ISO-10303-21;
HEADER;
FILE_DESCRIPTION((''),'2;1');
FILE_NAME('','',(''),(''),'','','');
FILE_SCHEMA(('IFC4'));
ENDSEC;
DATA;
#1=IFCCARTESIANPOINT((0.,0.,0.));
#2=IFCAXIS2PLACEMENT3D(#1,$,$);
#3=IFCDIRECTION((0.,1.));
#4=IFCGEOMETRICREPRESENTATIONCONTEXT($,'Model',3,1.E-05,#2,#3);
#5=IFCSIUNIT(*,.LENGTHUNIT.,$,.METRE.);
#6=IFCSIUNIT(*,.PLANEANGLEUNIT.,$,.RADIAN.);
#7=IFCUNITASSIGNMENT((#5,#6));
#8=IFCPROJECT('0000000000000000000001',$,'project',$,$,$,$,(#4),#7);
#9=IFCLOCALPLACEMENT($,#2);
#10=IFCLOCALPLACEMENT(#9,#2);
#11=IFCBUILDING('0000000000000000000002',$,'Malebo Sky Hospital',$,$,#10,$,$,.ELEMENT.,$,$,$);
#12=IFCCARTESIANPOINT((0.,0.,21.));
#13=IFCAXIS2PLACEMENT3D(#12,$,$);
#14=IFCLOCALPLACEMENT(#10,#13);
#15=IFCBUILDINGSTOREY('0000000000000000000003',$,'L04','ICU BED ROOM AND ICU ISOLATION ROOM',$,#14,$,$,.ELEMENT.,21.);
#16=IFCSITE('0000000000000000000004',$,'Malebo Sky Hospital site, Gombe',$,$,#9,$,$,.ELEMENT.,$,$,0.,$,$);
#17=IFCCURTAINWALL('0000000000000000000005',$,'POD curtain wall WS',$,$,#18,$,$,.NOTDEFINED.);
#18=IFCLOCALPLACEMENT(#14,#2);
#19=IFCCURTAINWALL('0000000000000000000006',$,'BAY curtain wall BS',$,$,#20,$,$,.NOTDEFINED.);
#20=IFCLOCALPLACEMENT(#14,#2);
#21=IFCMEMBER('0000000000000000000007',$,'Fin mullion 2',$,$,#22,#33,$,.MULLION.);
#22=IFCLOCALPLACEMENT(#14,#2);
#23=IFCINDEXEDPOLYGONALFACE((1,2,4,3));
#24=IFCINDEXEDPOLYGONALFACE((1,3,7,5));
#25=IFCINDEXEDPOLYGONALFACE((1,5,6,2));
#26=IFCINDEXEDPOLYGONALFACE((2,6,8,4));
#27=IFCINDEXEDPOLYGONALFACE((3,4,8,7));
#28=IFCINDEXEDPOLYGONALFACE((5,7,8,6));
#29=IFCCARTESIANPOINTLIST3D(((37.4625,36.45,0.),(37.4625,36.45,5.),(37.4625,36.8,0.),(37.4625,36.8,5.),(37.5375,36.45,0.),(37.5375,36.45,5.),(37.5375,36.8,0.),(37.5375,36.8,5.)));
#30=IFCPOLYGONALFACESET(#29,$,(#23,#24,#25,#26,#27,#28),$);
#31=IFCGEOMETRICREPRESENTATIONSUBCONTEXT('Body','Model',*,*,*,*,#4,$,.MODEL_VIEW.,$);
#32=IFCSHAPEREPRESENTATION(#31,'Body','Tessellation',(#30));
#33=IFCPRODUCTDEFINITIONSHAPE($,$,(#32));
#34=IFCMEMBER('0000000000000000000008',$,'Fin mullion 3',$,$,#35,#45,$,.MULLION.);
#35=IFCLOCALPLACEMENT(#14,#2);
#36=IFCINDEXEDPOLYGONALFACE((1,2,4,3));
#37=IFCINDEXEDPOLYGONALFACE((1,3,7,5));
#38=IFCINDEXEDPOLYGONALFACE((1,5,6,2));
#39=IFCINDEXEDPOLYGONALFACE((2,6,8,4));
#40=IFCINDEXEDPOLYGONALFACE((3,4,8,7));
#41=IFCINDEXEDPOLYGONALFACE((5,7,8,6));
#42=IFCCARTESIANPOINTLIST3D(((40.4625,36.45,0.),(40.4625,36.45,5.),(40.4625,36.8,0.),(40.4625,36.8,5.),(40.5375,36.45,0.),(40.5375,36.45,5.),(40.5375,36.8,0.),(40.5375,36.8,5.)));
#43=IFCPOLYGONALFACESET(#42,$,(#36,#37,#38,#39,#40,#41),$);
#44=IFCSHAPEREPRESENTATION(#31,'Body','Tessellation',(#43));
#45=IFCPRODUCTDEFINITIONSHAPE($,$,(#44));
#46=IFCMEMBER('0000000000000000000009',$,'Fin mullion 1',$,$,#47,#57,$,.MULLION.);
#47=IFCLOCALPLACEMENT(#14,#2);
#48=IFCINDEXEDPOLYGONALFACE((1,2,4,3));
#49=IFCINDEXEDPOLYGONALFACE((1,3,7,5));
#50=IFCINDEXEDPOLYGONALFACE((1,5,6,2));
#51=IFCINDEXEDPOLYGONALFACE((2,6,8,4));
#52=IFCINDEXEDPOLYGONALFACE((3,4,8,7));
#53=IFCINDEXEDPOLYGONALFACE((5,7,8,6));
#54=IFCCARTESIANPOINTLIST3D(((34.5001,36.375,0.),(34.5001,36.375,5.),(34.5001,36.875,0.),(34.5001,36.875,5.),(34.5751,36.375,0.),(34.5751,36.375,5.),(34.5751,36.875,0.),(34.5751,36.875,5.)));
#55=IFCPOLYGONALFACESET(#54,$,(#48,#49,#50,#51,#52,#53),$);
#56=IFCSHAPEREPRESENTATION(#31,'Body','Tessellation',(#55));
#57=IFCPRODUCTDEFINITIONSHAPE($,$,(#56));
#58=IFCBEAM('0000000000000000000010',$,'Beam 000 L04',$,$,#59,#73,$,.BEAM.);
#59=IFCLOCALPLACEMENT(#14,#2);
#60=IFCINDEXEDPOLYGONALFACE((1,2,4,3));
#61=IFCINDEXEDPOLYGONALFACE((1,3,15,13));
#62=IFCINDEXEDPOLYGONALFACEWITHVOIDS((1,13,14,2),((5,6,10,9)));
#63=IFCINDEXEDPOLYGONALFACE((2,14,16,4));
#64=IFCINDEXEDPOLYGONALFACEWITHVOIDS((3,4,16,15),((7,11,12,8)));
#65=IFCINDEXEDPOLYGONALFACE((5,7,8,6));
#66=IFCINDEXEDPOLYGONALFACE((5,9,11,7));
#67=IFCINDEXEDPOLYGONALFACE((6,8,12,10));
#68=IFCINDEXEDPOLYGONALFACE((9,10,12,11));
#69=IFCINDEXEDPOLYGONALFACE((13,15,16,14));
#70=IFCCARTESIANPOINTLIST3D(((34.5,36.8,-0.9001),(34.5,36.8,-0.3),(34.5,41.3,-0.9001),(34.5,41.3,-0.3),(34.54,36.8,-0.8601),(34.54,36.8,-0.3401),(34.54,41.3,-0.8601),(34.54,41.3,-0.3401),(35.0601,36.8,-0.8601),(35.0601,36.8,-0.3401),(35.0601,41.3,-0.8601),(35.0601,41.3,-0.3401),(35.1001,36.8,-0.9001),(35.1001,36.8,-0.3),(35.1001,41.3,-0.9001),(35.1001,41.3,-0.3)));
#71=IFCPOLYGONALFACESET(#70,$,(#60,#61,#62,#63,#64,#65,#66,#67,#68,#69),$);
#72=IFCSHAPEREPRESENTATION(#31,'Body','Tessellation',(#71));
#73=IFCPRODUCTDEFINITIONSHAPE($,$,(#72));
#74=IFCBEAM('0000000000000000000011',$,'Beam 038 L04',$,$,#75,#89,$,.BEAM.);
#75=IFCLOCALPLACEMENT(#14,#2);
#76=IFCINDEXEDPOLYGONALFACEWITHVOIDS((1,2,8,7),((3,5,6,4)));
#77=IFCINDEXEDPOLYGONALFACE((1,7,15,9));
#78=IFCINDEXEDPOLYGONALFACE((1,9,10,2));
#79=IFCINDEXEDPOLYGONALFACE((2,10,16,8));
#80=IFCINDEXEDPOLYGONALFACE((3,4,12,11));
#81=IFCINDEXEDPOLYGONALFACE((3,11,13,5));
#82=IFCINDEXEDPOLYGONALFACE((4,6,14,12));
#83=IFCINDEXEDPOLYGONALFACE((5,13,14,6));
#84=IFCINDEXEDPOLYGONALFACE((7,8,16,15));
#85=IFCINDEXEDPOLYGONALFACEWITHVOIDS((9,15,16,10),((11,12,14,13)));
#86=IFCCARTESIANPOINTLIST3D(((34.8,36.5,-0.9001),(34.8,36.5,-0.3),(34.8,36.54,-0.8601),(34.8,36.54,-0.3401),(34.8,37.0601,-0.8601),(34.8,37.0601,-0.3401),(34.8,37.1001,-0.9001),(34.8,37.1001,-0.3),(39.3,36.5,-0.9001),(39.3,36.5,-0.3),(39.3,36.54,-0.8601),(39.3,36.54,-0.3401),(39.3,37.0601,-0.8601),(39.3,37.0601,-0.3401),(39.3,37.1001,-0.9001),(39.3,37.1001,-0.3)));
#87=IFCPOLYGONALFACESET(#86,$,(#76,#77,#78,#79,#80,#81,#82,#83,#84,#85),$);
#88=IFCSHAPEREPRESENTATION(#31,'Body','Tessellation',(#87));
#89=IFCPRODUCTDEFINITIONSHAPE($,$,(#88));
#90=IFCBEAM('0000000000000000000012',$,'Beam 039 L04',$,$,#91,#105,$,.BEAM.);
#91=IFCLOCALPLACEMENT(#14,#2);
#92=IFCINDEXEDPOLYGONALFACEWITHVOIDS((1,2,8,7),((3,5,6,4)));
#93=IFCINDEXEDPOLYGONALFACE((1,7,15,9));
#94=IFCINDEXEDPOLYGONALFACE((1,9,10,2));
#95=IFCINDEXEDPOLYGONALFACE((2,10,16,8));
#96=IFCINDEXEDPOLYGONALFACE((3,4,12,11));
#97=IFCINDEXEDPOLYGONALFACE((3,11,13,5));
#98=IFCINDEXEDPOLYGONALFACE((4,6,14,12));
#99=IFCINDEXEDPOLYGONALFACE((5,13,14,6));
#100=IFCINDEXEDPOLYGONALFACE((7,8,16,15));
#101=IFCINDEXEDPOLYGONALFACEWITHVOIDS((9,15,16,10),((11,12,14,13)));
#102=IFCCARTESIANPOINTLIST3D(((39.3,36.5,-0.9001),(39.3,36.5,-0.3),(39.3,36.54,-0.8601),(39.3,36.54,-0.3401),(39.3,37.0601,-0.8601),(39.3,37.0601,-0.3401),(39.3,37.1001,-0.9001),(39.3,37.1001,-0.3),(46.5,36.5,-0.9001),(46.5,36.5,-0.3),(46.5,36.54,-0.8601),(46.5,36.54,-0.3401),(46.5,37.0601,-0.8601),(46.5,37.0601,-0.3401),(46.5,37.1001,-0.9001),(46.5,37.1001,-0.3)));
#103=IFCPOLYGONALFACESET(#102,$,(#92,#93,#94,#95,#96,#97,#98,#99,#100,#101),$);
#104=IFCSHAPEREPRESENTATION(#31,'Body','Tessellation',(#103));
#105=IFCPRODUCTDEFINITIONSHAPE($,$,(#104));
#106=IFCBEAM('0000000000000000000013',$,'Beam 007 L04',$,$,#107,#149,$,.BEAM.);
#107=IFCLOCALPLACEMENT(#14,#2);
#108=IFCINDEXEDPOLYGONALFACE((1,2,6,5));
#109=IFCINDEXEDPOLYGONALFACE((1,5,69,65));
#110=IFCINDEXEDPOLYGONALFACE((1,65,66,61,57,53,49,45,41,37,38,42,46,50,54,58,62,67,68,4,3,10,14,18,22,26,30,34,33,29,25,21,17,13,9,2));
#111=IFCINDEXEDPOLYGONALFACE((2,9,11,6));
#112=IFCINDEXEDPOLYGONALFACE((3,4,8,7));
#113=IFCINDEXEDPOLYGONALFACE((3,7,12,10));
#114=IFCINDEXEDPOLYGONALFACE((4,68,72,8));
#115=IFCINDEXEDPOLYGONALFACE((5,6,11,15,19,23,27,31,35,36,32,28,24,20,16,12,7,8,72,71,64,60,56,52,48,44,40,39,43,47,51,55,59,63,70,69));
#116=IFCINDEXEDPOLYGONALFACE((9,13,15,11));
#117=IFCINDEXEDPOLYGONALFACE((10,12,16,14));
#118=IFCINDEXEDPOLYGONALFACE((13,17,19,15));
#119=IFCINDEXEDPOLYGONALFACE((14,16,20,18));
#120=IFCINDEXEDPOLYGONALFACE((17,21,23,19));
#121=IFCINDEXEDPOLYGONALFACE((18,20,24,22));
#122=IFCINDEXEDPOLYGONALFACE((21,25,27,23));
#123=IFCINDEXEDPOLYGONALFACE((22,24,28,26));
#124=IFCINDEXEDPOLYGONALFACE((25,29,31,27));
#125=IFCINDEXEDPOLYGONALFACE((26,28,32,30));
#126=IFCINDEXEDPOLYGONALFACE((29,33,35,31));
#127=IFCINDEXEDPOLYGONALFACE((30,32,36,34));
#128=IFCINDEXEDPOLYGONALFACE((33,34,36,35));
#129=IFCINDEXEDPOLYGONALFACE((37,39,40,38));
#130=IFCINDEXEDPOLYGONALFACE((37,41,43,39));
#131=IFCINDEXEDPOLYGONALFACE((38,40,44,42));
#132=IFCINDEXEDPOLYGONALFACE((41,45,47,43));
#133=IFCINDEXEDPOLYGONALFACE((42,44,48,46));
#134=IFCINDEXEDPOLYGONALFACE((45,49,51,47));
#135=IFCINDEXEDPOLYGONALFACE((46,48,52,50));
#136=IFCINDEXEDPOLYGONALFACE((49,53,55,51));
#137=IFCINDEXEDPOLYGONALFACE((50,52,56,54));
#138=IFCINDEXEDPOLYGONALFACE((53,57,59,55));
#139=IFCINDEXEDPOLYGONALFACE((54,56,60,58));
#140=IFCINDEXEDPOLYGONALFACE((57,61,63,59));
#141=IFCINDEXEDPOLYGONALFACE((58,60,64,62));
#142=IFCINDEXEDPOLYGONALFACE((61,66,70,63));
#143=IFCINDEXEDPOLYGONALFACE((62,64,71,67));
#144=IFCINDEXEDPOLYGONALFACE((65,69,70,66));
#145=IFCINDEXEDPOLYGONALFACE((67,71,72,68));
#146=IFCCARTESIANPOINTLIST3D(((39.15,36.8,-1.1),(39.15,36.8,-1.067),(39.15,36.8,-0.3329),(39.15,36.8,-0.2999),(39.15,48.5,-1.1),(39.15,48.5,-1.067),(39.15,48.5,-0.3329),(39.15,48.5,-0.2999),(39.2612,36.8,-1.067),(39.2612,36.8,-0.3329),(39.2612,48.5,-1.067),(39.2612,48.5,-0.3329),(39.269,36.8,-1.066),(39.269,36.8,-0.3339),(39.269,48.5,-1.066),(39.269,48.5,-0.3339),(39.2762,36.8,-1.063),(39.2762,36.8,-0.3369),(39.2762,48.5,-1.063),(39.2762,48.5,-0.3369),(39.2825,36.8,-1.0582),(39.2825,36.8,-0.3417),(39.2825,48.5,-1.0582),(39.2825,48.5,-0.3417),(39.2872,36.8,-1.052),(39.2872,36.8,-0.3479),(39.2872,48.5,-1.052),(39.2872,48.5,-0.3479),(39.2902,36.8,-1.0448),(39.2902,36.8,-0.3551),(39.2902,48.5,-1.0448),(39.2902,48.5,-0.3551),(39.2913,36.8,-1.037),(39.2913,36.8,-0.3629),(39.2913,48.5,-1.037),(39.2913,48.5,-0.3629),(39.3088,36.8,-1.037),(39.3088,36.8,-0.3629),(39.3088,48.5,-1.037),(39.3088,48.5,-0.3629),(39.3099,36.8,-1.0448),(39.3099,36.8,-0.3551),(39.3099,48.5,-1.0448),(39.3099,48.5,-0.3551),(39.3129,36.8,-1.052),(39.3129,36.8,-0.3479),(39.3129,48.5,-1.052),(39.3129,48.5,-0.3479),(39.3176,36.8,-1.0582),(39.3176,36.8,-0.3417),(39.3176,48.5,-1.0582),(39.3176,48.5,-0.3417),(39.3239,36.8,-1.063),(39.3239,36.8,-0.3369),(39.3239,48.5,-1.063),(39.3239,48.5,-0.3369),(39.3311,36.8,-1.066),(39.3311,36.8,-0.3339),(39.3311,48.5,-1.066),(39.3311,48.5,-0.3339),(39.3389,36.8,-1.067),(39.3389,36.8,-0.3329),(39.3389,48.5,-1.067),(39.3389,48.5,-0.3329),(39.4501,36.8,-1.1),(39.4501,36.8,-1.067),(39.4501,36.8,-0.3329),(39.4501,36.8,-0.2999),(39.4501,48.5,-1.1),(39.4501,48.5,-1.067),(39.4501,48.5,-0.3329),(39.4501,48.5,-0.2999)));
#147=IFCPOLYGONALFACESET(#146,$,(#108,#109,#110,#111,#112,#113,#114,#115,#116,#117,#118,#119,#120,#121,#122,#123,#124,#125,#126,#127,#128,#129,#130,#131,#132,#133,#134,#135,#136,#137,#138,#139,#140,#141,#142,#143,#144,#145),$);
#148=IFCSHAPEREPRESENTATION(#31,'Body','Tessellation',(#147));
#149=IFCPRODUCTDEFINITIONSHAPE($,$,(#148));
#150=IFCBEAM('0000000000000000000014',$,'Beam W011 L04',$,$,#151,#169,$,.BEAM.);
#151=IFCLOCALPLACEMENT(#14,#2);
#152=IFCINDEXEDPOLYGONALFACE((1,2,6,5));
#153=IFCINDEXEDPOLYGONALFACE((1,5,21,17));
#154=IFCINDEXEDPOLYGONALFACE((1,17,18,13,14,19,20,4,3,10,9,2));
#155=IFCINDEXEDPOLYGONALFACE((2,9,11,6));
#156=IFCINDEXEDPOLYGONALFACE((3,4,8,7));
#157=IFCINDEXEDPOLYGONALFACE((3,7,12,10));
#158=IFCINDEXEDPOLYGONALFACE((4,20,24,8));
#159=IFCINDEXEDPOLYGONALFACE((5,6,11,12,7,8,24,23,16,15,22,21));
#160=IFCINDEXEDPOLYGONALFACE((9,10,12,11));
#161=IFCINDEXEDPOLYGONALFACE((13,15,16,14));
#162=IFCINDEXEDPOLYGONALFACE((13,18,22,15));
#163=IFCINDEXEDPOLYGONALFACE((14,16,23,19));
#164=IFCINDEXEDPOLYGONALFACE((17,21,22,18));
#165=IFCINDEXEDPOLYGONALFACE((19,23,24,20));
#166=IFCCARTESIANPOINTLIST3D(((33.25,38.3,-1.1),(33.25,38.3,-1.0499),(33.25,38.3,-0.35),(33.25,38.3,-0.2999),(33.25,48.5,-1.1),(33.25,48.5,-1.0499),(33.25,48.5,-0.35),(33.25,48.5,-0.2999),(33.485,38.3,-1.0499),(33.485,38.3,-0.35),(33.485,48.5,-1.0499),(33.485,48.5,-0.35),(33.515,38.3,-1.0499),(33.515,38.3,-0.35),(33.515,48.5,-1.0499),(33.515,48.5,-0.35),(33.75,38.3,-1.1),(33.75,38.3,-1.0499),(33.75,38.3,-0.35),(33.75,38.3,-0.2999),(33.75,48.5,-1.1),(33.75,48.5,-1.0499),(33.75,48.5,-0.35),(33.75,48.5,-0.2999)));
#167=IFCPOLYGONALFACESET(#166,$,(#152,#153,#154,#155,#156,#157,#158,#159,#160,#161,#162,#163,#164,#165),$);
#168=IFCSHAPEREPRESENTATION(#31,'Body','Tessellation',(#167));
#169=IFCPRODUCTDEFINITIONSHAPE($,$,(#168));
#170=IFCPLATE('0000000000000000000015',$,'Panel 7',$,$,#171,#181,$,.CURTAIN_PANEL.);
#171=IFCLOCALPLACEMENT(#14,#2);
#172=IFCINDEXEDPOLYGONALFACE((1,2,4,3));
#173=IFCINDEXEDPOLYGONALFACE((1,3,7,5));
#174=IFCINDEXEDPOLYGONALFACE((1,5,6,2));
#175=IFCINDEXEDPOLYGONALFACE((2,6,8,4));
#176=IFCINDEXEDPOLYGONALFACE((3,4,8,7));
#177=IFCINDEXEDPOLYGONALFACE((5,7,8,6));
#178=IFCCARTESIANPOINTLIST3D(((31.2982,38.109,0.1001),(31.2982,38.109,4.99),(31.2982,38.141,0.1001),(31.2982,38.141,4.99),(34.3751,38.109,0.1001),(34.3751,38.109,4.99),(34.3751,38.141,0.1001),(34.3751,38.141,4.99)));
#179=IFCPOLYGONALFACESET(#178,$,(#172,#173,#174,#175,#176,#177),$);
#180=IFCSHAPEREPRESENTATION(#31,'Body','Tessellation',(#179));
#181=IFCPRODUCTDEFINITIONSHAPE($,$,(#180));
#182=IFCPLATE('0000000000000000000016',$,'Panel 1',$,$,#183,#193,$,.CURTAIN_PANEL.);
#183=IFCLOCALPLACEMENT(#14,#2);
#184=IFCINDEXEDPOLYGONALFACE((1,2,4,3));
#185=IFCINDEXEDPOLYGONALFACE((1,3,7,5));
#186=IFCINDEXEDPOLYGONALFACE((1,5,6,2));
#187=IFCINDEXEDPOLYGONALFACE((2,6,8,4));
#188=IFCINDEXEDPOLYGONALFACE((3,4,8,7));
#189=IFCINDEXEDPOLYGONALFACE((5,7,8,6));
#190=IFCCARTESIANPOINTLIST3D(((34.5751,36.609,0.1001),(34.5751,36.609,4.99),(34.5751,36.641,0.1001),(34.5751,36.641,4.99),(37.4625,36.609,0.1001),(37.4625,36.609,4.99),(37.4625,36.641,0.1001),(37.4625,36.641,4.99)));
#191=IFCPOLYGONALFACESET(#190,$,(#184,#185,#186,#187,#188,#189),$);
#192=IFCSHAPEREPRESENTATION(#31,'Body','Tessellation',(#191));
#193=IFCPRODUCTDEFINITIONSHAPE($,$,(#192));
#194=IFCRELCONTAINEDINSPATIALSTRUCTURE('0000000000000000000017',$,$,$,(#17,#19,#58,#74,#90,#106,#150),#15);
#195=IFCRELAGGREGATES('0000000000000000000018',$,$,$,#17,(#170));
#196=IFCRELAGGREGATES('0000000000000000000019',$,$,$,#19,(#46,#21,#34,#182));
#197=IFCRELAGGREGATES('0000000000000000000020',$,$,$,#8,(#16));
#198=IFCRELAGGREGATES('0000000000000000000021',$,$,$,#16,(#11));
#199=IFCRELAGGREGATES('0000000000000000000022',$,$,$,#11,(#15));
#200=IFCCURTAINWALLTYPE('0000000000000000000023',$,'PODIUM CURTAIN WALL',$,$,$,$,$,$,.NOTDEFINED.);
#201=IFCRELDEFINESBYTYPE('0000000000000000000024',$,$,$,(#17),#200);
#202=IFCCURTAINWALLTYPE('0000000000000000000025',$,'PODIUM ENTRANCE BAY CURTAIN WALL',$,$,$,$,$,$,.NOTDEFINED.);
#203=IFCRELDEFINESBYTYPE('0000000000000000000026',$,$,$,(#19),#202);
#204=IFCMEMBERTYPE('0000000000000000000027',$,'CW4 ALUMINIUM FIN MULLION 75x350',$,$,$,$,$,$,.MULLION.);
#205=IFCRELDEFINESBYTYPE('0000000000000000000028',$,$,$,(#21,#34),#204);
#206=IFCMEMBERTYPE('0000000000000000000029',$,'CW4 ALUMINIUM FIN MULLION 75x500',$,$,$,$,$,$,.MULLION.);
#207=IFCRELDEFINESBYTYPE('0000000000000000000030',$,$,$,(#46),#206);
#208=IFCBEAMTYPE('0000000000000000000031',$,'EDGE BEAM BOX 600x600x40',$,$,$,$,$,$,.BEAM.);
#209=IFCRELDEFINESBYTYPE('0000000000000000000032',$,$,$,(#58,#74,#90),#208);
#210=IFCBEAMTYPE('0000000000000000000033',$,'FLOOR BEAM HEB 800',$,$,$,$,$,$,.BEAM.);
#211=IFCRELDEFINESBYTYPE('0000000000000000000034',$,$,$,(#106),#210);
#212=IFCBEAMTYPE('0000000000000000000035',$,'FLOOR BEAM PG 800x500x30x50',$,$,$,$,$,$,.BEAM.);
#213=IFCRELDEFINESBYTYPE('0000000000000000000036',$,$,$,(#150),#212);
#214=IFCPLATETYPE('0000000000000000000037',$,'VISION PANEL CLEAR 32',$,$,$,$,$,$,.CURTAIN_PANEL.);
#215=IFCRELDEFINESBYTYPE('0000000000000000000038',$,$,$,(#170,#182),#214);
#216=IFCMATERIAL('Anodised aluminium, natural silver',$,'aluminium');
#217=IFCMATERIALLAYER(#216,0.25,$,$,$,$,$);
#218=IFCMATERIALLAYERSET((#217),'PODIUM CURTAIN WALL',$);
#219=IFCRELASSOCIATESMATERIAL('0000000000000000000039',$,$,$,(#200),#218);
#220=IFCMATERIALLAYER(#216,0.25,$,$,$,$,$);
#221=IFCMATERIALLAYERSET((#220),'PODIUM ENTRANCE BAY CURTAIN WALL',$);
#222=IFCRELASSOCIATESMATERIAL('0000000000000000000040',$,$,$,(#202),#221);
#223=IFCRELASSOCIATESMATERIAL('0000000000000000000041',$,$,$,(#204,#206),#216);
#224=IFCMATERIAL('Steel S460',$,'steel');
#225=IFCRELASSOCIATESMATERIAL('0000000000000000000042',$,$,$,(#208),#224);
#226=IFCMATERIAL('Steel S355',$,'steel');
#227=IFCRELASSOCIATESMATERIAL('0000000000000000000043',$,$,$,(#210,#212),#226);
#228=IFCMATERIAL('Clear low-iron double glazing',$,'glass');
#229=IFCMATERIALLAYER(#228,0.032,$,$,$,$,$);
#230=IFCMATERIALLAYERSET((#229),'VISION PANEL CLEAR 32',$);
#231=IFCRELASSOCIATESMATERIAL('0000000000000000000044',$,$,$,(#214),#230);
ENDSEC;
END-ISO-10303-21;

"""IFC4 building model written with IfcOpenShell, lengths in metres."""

from ifc_helpers import new_model, si_unit, direction, frame, origin, origin_2d, place, context, subcontext, project, spatial, rectangle, hollow_rectangle, i_section, extrude, material, layer, layer_set, material_profile, profile_set, type_object, element, aggregate, save


model = new_model("IFC4")

# Units and contexts
model_context = context("Model", 3, precision=1e-05, world=origin(), true_north=direction((0.0, 1.0)))
body_context = subcontext(model_context, "Body", "Model", "MODEL_VIEW")
ifc_project = project(units=[si_unit("LENGTHUNIT", "METRE"), si_unit("PLANEANGLEUNIT", "RADIAN")], contexts=[model_context])

# Site, building, storey
site_placement = place(None, origin())
site = spatial("IfcSite", under=ifc_project, at=site_placement, Name="Malebo Sky Hospital site, Gombe", CompositionType="ELEMENT", RefElevation=0.0)
building_placement = place(site_placement, origin())
building = spatial("IfcBuilding", under=site, at=building_placement, Name="Malebo Sky Hospital", CompositionType="ELEMENT")
storey_placement = place(building_placement, frame((0.0, 0.0, 21.0)))
storey = spatial("IfcBuildingStorey", under=building, at=storey_placement, Name="L04", Description="ICU BED ROOM AND ICU ISOLATION ROOM", CompositionType="ELEMENT", Elevation=21.0)

# Shared definitions
ifc_material_1 = material(Name="Steel S460", Category="steel")
ifc_material_2 = material(Name="Steel S355", Category="steel")

# Curtain wall
ifc_material_3 = material(Name="Anodised aluminium, natural silver", Category="aluminium")
ifc_layer_1 = layer(ifc_material_3, 0.25)
ifc_layer_set_1 = layer_set([ifc_layer_1], Name="PODIUM CURTAIN WALL")
curtain_wall_type_1 = type_object("IfcCurtainWallType", Name="PODIUM CURTAIN WALL", PredefinedType="NOTDEFINED", material=ifc_layer_set_1)
curtain_wall_1_placement = place(storey_placement, origin())
curtain_wall_1 = element("IfcCurtainWall", 1, at=curtain_wall_1_placement, inside=storey, type_object=curtain_wall_type_1, Name="POD curtain wall WS", PredefinedType="NOTDEFINED")

# Curtain wall
ifc_layer_2 = layer(ifc_material_3, 0.25)
ifc_layer_set_2 = layer_set([ifc_layer_2], Name="PODIUM ENTRANCE BAY CURTAIN WALL")
curtain_wall_type_2 = type_object("IfcCurtainWallType", Name="PODIUM ENTRANCE BAY CURTAIN WALL", PredefinedType="NOTDEFINED", material=ifc_layer_set_2)
curtain_wall_2_placement = place(storey_placement, origin())
curtain_wall_2 = element("IfcCurtainWall", 2, at=curtain_wall_2_placement, inside=storey, type_object=curtain_wall_type_2, Name="BAY curtain wall BS", PredefinedType="NOTDEFINED")

# Members
ifc_material_profile_1 = material_profile(ifc_material_3, rectangle(XDim=0.075, YDim=0.3501, at=origin_2d()), Name="CW4 ALUMINIUM FIN MULLION 75x350")
ifc_profile_set_1 = profile_set([ifc_material_profile_1], Name="Anodised aluminium, natural silver")
member_type_1 = type_object("IfcMemberType", Name="CW4 ALUMINIUM FIN MULLION 75x350", PredefinedType="MULLION", material=ifc_profile_set_1)
member_1_placement = place(storey_placement, frame((37.5, 36.625, 0.0), z_axis=(0.0, 0.0, 1.0), x_axis=(1.0, 0.0, 0.0)))
member_1 = element("IfcMember", 3, at=member_1_placement, type_object=member_type_1, Name="Fin mullion 2", PredefinedType="MULLION", context=body_context, shape_type="SweptSolid", body=[
    extrude(rectangle(XDim=0.075, YDim=0.3501, at=origin_2d()), origin(), (0.0, 0.0, 1.0), 5.0),
])
member_2_placement = place(storey_placement, frame((40.5, 36.625, 0.0), z_axis=(0.0, 0.0, 1.0), x_axis=(1.0, 0.0, 0.0)))
member_2 = element("IfcMember", 4, at=member_2_placement, type_object=member_type_1, Name="Fin mullion 3", PredefinedType="MULLION", context=body_context, shape_type="SweptSolid", body=[
    extrude(rectangle(XDim=0.075, YDim=0.3501, at=origin_2d()), origin(), (0.0, 0.0, 1.0), 5.0),
])
ifc_material_profile_2 = material_profile(ifc_material_3, rectangle(XDim=0.075, YDim=0.5, at=origin_2d()), Name="CW4 ALUMINIUM FIN MULLION 75x500")
ifc_profile_set_2 = profile_set([ifc_material_profile_2], Name="Anodised aluminium, natural silver")
member_type_2 = type_object("IfcMemberType", Name="CW4 ALUMINIUM FIN MULLION 75x500", PredefinedType="MULLION", material=ifc_profile_set_2)
member_3_placement = place(storey_placement, frame((34.5376, 36.625, 0.0), z_axis=(0.0, 0.0, 1.0), x_axis=(1.0, 0.0, 0.0)))
member_3 = element("IfcMember", 5, at=member_3_placement, type_object=member_type_2, Name="Fin mullion 1", PredefinedType="MULLION", context=body_context, shape_type="SweptSolid", body=[
    extrude(rectangle(XDim=0.075, YDim=0.5, at=origin_2d()), origin(), (0.0, 0.0, 1.0), 5.0),
])

# Beams
ifc_material_profile_3 = material_profile(ifc_material_1, hollow_rectangle(XDim=0.6001, YDim=0.6001, WallThickness=0.04, at=origin_2d()), Name="BOX 600x600x40")
ifc_profile_set_3 = profile_set([ifc_material_profile_3], Name="Steel S460")
beam_type_1 = type_object("IfcBeamType", Name="EDGE BEAM BOX 600x600x40", PredefinedType="BEAM", material=ifc_profile_set_3)
for number, where, z_axis, x_axis, name in (
    (6, (34.8, 36.8, -0.6001), (0.0, 1.0, 0.0), (-1.0, 0.0, 0.0), "Beam 000 L04"),
    (7, (34.8, 36.8, -0.6001), (1.0, 0.0, 0.0), (0.0, 1.0, 0.0), "Beam 038 L04"),
):
    element("IfcBeam", number, at=place(storey_placement, frame(where, z_axis=z_axis, x_axis=x_axis)), inside=storey, type_object=beam_type_1, Name=name, PredefinedType="BEAM", context=body_context, shape_type="SweptSolid", body=[
        extrude(hollow_rectangle(XDim=0.6001, YDim=0.6001, WallThickness=0.04, at=origin_2d()), origin(), (0.0, 0.0, 1.0), 4.5),
    ])
beam_1_placement = place(storey_placement, frame((39.3, 36.8, -0.6001), z_axis=(1.0, 0.0, 0.0), x_axis=(0.0, 1.0, 0.0)))
element("IfcBeam", 8, at=beam_1_placement, inside=storey, type_object=beam_type_1, Name="Beam 039 L04", PredefinedType="BEAM", context=body_context, shape_type="SweptSolid", body=[
    extrude(hollow_rectangle(XDim=0.6001, YDim=0.6001, WallThickness=0.04, at=origin_2d()), origin(), (0.0, 0.0, 1.0), 7.2),
])
ifc_material_profile_4 = material_profile(ifc_material_2, i_section(OverallWidth=0.3, OverallDepth=0.8, WebThickness=0.0176, FlangeThickness=0.033, FilletRadius=0.03, at=origin_2d()), Name="HEB 800")
ifc_profile_set_4 = profile_set([ifc_material_profile_4], Name="Steel S355")
beam_type_2 = type_object("IfcBeamType", Name="FLOOR BEAM HEB 800", PredefinedType="BEAM", material=ifc_profile_set_4)
beam_2_placement = place(storey_placement, frame((39.3, 36.8, -0.7), z_axis=(0.0, 1.0, 0.0), x_axis=(-1.0, 0.0, 0.0)))
element("IfcBeam", 9, at=beam_2_placement, inside=storey, type_object=beam_type_2, Name="Beam 007 L04", PredefinedType="BEAM", context=body_context, shape_type="SweptSolid", body=[
    extrude(i_section(OverallWidth=0.3, OverallDepth=0.8, WebThickness=0.0176, FlangeThickness=0.033, FilletRadius=0.03, at=origin_2d()), origin(), (0.0, 0.0, 1.0), 11.7),
])
ifc_material_profile_5 = material_profile(ifc_material_2, i_section(OverallWidth=0.5, OverallDepth=0.8, WebThickness=0.03, FlangeThickness=0.05, at=origin_2d()), Name="PG 800x500x30x50")
ifc_profile_set_5 = profile_set([ifc_material_profile_5], Name="Steel S355")
beam_type_3 = type_object("IfcBeamType", Name="FLOOR BEAM PG 800x500x30x50", PredefinedType="BEAM", material=ifc_profile_set_5)
beam_3_placement = place(storey_placement, frame((33.5, 38.3, -0.7), z_axis=(0.0, 1.0, 0.0), x_axis=(-1.0, 0.0, 0.0)))
element("IfcBeam", 10, at=beam_3_placement, inside=storey, type_object=beam_type_3, Name="Beam W011 L04", PredefinedType="BEAM", context=body_context, shape_type="SweptSolid", body=[
    extrude(i_section(OverallWidth=0.5, OverallDepth=0.8, WebThickness=0.03, FlangeThickness=0.05, at=origin_2d()), origin(), (0.0, 0.0, 1.0), 10.2),
])

# Plates
ifc_material_4 = material(Name="Clear low-iron double glazing", Category="glass")
ifc_layer_3 = layer(ifc_material_4, 0.032)
ifc_layer_set_3 = layer_set([ifc_layer_3], Name="VISION PANEL CLEAR 32")
plate_type = type_object("IfcPlateType", Name="VISION PANEL CLEAR 32", PredefinedType="CURTAIN_PANEL", material=ifc_layer_set_3)
plate_1_placement = place(storey_placement, frame((32.8367, 38.125, 0.1001), z_axis=(0.0, 0.0, 1.0), x_axis=(1.0, 0.0, 0.0)))
plate_1 = element("IfcPlate", 11, at=plate_1_placement, type_object=plate_type, Name="Panel 7", PredefinedType="CURTAIN_PANEL", context=body_context, shape_type="SweptSolid", body=[
    extrude(rectangle(XDim=3.0769, YDim=0.032, at=origin_2d()), origin(), (0.0, 0.0, 1.0), 4.8899),
])
aggregate(curtain_wall_1, [plate_1])
plate_2_placement = place(storey_placement, frame((36.0188, 36.625, 0.1001), z_axis=(0.0, 0.0, 1.0), x_axis=(1.0, 0.0, 0.0)))
plate_2 = element("IfcPlate", 12, at=plate_2_placement, type_object=plate_type, Name="Panel 1", PredefinedType="CURTAIN_PANEL", context=body_context, shape_type="SweptSolid", body=[
    extrude(rectangle(XDim=2.8875, YDim=0.032, at=origin_2d()), origin(), (0.0, 0.0, 1.0), 4.8899),
])
aggregate(curtain_wall_2, [member_3, member_1, member_2, plate_2])

save(model, "model.ifc")
